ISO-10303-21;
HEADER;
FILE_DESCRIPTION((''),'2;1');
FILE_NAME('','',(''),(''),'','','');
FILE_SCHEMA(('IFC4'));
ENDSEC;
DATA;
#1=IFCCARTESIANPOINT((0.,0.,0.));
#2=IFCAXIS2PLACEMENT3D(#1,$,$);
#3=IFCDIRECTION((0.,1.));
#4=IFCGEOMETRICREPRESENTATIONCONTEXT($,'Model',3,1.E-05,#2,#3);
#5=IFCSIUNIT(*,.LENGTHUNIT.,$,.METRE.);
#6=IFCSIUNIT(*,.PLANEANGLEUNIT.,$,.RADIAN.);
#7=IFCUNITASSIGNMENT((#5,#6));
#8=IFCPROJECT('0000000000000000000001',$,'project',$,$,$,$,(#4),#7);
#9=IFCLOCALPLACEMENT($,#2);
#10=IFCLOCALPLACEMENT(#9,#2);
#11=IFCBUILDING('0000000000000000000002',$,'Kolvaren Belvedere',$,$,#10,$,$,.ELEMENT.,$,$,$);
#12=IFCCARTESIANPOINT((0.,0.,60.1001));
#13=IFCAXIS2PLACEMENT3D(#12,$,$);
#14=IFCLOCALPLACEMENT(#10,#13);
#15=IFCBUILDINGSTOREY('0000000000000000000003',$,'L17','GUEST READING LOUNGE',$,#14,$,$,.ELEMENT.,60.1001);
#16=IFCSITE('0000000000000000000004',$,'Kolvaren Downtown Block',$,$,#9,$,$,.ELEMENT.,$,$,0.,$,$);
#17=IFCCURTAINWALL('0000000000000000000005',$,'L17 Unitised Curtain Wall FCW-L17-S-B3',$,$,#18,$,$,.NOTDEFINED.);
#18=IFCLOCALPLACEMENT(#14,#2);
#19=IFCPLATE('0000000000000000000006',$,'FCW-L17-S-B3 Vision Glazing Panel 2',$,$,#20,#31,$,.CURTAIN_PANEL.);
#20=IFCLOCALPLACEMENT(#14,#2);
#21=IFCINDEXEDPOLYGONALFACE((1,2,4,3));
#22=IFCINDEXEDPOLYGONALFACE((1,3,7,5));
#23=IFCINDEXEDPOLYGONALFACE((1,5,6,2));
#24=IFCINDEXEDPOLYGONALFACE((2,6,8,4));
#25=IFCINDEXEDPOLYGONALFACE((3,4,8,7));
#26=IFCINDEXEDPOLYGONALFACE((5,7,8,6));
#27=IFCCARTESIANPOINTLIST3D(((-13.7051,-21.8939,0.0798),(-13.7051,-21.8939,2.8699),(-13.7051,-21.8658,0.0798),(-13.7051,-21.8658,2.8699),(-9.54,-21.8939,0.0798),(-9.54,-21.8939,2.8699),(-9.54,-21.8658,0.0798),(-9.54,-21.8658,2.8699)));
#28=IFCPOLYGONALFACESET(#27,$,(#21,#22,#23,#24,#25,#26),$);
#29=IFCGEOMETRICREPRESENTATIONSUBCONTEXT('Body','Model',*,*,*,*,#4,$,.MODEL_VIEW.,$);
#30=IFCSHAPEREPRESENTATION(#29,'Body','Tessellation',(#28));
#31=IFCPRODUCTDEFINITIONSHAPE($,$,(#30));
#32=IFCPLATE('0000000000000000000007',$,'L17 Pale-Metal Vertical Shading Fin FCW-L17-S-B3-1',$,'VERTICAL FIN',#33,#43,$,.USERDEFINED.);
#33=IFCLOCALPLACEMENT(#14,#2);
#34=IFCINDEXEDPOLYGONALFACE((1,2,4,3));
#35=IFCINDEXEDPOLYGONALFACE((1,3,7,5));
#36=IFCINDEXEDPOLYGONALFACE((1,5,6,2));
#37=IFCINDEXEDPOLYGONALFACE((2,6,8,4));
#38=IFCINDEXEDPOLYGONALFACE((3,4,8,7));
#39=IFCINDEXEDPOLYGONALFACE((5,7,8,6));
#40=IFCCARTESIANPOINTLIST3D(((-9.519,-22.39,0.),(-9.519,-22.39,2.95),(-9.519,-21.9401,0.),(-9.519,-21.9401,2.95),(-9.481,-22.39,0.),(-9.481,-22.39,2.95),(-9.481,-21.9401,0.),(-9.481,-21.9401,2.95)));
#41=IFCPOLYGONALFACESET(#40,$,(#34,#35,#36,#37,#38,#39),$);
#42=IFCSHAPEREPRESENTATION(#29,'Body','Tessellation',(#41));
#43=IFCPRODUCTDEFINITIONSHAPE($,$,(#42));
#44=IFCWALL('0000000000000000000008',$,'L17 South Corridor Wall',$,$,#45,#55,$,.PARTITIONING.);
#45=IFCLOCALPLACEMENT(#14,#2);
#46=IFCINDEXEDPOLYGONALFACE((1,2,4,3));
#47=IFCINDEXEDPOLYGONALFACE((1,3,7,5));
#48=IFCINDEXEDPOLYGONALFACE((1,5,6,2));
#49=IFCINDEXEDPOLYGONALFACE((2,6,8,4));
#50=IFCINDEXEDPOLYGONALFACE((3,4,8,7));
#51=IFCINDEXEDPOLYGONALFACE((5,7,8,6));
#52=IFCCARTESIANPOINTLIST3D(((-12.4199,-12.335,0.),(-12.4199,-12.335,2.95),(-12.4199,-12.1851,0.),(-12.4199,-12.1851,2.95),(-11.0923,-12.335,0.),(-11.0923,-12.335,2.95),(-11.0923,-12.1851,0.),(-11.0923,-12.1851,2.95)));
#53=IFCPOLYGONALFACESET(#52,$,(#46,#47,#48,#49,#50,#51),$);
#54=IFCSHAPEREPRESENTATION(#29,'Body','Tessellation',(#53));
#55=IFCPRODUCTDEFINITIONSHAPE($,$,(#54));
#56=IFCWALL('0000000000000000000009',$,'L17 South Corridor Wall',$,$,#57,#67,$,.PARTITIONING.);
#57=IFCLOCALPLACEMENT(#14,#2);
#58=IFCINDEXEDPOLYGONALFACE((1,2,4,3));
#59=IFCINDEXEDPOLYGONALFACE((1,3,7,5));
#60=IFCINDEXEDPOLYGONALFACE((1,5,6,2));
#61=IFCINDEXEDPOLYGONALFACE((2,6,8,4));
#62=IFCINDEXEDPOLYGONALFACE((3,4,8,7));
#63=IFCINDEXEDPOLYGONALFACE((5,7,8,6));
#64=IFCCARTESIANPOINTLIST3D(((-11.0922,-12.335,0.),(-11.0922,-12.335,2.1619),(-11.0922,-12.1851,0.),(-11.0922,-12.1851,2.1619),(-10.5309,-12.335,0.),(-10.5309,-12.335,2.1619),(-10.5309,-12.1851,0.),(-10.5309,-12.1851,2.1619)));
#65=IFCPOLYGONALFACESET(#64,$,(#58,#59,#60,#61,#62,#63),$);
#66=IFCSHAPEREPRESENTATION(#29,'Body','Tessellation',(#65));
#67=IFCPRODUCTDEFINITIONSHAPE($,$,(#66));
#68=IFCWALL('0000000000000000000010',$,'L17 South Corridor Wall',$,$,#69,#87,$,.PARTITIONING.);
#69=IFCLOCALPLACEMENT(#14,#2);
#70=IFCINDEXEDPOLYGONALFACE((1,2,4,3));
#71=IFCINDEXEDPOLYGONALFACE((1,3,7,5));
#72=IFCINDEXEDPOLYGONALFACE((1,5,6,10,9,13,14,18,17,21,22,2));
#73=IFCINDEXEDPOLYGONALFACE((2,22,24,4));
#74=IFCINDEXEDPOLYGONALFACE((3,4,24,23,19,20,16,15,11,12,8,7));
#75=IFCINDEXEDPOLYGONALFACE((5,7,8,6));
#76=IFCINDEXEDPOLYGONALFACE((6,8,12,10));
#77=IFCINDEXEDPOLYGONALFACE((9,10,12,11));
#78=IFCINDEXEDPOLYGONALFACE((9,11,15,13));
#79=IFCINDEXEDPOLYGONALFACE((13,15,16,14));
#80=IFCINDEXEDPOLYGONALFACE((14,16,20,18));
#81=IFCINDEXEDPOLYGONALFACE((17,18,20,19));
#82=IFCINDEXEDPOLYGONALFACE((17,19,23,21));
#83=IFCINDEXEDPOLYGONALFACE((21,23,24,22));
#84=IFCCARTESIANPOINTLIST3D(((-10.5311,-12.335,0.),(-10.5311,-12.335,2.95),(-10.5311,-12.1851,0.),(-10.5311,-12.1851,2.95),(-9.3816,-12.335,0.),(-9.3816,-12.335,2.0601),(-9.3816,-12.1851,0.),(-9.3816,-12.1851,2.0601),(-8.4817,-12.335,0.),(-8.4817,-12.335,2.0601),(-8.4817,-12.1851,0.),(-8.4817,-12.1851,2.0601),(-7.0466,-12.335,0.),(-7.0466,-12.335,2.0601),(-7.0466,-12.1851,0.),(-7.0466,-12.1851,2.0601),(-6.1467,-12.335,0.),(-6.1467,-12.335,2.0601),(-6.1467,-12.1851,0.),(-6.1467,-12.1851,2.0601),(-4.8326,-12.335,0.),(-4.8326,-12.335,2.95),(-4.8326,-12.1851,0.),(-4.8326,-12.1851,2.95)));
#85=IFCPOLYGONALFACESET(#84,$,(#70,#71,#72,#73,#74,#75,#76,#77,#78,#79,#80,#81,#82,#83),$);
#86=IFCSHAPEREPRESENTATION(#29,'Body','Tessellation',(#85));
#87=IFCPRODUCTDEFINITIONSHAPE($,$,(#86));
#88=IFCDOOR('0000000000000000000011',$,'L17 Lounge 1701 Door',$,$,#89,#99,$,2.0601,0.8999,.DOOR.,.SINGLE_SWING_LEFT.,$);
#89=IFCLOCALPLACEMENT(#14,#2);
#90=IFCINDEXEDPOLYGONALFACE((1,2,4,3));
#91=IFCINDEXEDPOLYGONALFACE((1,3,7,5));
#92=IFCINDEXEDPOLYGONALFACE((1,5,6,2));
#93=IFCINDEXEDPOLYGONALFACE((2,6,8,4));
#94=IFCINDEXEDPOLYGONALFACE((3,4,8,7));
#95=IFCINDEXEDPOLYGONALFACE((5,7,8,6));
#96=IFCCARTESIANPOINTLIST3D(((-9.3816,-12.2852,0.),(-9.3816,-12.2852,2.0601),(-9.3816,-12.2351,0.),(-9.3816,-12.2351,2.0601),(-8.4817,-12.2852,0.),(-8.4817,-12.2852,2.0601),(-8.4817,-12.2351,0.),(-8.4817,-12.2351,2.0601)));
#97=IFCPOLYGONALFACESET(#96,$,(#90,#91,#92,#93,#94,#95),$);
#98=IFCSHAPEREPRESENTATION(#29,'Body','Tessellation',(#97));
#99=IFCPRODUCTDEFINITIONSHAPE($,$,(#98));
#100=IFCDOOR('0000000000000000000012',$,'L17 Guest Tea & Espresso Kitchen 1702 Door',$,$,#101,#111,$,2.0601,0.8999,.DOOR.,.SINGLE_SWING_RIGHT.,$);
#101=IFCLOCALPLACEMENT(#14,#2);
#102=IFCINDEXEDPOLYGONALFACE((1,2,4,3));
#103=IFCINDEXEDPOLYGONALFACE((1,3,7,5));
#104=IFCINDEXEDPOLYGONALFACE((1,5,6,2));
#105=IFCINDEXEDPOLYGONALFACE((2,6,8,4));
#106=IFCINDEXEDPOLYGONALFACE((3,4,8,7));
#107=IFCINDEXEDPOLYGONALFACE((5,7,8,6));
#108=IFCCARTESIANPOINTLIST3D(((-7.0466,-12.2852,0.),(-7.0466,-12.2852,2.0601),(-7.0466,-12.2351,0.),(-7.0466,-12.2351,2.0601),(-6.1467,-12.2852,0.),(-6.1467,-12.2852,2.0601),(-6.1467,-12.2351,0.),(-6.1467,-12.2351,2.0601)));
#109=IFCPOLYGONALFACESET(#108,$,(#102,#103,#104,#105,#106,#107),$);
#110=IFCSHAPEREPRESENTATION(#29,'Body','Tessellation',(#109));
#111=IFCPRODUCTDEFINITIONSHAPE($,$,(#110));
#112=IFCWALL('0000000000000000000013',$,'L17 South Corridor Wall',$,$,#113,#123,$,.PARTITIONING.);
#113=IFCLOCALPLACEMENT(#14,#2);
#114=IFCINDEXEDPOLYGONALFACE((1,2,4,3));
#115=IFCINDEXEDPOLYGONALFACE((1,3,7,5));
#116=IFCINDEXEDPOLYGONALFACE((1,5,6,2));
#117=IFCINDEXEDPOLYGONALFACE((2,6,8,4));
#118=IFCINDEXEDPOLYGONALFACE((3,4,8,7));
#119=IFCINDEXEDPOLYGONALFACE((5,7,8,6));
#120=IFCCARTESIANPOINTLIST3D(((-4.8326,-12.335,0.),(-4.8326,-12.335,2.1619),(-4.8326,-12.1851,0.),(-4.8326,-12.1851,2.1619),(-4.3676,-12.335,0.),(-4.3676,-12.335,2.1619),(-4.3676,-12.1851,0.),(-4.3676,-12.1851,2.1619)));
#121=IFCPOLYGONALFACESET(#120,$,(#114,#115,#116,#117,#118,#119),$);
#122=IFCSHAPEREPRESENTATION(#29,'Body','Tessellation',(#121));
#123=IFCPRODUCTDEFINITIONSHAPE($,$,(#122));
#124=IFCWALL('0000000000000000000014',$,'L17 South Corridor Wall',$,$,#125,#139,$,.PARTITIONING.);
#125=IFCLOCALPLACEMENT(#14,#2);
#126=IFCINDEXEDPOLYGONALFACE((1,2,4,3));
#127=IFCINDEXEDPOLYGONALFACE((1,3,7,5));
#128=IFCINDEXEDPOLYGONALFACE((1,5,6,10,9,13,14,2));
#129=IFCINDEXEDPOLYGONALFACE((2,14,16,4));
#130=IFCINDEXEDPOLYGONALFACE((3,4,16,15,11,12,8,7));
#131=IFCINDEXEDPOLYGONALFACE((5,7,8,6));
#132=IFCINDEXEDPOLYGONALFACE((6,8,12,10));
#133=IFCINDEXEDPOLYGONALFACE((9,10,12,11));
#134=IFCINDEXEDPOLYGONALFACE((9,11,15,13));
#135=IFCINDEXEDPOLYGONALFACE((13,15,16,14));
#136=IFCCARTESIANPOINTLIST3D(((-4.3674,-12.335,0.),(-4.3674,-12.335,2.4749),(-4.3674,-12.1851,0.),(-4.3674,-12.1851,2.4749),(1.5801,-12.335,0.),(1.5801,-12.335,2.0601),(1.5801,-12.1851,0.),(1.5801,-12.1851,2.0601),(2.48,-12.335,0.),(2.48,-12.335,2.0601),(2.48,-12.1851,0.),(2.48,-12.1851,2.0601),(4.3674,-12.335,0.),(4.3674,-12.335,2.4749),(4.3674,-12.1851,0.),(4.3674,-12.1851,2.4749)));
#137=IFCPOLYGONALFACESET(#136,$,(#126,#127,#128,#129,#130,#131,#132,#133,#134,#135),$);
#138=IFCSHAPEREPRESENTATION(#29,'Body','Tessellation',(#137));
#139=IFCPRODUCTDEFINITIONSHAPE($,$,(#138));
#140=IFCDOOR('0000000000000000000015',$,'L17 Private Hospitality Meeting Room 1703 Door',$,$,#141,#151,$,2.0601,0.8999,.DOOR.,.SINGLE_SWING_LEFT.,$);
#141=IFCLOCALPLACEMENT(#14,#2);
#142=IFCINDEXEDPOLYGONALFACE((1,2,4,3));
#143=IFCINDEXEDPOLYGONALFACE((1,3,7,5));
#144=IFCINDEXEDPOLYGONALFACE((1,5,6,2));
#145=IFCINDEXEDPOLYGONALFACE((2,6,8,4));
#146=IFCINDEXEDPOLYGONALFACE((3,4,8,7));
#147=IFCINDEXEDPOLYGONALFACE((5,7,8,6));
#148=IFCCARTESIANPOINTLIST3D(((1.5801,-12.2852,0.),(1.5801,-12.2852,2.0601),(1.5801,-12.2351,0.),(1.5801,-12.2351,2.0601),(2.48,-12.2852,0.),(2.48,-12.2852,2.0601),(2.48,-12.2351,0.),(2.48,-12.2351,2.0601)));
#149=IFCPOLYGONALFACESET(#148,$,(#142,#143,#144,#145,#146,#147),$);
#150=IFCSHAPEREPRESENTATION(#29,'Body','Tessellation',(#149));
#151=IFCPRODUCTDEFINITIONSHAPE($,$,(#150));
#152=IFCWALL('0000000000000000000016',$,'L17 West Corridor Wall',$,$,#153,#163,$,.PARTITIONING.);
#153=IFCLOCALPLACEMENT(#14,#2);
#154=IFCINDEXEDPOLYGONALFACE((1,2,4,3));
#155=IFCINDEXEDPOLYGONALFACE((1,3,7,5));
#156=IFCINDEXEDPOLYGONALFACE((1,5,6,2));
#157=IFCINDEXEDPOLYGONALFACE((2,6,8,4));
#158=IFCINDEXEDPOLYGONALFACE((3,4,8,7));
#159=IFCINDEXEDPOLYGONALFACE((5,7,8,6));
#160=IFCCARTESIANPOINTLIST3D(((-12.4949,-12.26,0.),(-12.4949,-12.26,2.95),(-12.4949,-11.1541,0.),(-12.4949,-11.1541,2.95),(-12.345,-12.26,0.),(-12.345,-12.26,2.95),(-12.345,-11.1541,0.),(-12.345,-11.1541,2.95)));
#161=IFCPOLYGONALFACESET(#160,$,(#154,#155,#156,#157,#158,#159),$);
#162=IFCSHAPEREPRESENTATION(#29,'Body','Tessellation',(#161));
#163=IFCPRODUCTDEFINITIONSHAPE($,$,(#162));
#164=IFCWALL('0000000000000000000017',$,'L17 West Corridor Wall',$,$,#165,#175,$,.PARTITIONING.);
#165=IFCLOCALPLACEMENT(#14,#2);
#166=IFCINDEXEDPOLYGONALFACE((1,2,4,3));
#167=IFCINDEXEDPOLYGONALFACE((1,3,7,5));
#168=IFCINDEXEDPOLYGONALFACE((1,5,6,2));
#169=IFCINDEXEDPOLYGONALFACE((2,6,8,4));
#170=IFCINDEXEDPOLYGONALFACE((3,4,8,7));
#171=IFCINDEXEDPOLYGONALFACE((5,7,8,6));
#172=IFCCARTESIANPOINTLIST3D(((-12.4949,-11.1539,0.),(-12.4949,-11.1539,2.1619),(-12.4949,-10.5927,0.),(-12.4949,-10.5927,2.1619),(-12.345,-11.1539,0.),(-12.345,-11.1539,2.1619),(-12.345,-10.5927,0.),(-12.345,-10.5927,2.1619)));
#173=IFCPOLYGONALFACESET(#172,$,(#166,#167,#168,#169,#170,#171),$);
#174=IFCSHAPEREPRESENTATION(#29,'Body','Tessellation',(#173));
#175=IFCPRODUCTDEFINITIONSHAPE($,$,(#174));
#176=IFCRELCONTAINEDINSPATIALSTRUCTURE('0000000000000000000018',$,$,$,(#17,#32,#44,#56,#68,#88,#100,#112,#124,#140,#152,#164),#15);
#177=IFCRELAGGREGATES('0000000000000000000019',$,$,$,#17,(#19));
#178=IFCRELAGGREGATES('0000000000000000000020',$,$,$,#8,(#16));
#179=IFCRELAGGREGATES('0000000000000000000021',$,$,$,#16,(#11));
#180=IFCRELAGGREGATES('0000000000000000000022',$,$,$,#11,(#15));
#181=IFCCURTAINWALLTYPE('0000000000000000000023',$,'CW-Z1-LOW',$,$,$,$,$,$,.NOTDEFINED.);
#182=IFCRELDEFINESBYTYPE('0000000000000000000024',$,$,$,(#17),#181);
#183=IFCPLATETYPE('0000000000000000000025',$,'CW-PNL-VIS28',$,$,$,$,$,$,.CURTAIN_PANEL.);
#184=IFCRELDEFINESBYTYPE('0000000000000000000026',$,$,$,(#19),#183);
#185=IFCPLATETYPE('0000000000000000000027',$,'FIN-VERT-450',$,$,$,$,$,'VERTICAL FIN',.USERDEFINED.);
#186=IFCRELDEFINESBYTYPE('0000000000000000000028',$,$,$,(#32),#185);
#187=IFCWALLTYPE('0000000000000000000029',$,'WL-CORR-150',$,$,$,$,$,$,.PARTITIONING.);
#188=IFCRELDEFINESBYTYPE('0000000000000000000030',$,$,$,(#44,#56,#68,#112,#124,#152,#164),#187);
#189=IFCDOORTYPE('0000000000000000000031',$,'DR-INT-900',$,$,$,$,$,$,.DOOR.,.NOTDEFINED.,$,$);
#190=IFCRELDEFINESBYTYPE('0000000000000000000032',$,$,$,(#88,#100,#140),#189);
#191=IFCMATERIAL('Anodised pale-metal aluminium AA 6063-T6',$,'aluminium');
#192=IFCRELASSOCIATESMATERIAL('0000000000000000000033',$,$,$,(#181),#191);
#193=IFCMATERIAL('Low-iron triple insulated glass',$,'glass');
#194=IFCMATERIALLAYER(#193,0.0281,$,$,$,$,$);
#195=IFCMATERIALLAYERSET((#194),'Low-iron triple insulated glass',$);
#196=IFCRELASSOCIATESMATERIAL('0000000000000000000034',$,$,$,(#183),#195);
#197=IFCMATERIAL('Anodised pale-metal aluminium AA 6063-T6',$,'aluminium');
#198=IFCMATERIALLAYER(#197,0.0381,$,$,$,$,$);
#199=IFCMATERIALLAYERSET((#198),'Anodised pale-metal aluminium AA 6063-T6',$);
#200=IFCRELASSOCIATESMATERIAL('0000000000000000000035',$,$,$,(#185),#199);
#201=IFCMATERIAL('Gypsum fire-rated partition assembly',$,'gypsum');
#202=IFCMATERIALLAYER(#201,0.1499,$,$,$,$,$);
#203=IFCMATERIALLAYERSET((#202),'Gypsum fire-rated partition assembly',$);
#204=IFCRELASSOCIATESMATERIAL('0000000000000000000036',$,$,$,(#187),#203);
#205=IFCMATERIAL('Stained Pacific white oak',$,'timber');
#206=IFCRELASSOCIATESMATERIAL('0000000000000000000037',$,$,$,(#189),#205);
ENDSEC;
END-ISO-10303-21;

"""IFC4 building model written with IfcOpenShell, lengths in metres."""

from ifc_helpers import new_model, si_unit, direction, frame, frame_2d, origin, origin_2d, place, context, subcontext, project, spatial, rectangle, extrude, material, layer, layer_set, type_object, element, fill, aggregate, save


model = new_model("IFC4")

# Units and contexts
model_context = context("Model", 3, precision=1e-05, world=origin(), true_north=direction((0.0, 1.0)))
body_context = subcontext(model_context, "Body", "Model", "MODEL_VIEW")
ifc_project = project(units=[si_unit("LENGTHUNIT", "METRE"), si_unit("PLANEANGLEUNIT", "RADIAN")], contexts=[model_context])

# Site, building, storey
site_placement = place(None, origin())
site = spatial("IfcSite", under=ifc_project, at=site_placement, Name="Kolvaren Downtown Block", CompositionType="ELEMENT", RefElevation=0.0)
building_placement = place(site_placement, origin())
building = spatial("IfcBuilding", under=site, at=building_placement, Name="Kolvaren Belvedere", CompositionType="ELEMENT")
storey_placement = place(building_placement, frame((0.0, 0.0, 60.1001)))
storey = spatial("IfcBuildingStorey", under=building, at=storey_placement, Name="L17", Description="GUEST READING LOUNGE", CompositionType="ELEMENT", Elevation=60.1001)

# Shared definitions
ifc_material_1 = material(Name="Anodised pale-metal aluminium AA 6063-T6", Category="aluminium")
curtain_wall_type = type_object("IfcCurtainWallType", Name="CW-Z1-LOW", PredefinedType="NOTDEFINED", material=ifc_material_1)

# Curtain wall
curtain_wall_1_placement = place(storey_placement, origin())
curtain_wall_1 = element("IfcCurtainWall", 1, at=curtain_wall_1_placement, inside=storey, type_object=curtain_wall_type, Name="L17 Unitised Curtain Wall FCW-L17-S-B3", PredefinedType="NOTDEFINED")

# Plates
ifc_material_2 = material(Name="Low-iron triple insulated glass", Category="glass")
ifc_layer_1 = layer(ifc_material_2, 0.0281)
ifc_layer_set_1 = layer_set([ifc_layer_1], Name="Low-iron triple insulated glass")
plate_type_1 = type_object("IfcPlateType", Name="CW-PNL-VIS28", PredefinedType="CURTAIN_PANEL", material=ifc_layer_set_1)
plate_1_placement = place(storey_placement, frame((-11.6226, -21.8799, 0.0798), z_axis=(0.0, 0.0, 1.0), x_axis=(-1.0, 0.0, 0.0)))
plate_1 = element("IfcPlate", 2, at=plate_1_placement, type_object=plate_type_1, Name="FCW-L17-S-B3 Vision Glazing Panel 2", PredefinedType="CURTAIN_PANEL", context=body_context, shape_type="SweptSolid", body=[
    extrude(rectangle(XDim=4.165, YDim=0.0281, at=origin_2d()), origin(), (0.0, 0.0, 1.0), 2.79),
])
aggregate(curtain_wall_1, [plate_1])
ifc_material_3 = material(Name="Anodised pale-metal aluminium AA 6063-T6", Category="aluminium")
ifc_layer_2 = layer(ifc_material_3, 0.0381)
ifc_layer_set_2 = layer_set([ifc_layer_2], Name="Anodised pale-metal aluminium AA 6063-T6")
plate_type_2 = type_object("IfcPlateType", Name="FIN-VERT-450", ElementType="VERTICAL FIN", PredefinedType="USERDEFINED", material=ifc_layer_set_2)
plate_2_placement = place(storey_placement, frame((-9.5, -22.165, 0.0), z_axis=(0.0, 0.0, 1.0), x_axis=(0.0, 1.0, 0.0)))
element("IfcPlate", 3, at=plate_2_placement, inside=storey, type_object=plate_type_2, Name="L17 Pale-Metal Vertical Shading Fin FCW-L17-S-B3-1", ObjectType="VERTICAL FIN", PredefinedType="USERDEFINED", context=body_context, shape_type="SweptSolid", body=[
    extrude(rectangle(XDim=0.45, YDim=0.0381, at=origin_2d()), origin(), (0.0, 0.0, 1.0), 2.95),
])

# Walls
ifc_material_4 = material(Name="Gypsum fire-rated partition assembly", Category="gypsum")
ifc_layer_3 = layer(ifc_material_4, 0.1499)
ifc_layer_set_3 = layer_set([ifc_layer_3], Name="Gypsum fire-rated partition assembly")
wall_type_1 = type_object("IfcWallType", Name="WL-CORR-150", PredefinedType="PARTITIONING", material=ifc_layer_set_3)
wall_1_placement = place(storey_placement, frame((-12.4199, -12.26, 0.0), z_axis=(0.0, 0.0, 1.0), x_axis=(1.0, 0.0, 0.0)))
element("IfcWall", 4, at=wall_1_placement, inside=storey, type_object=wall_type_1, Name="L17 South Corridor Wall", PredefinedType="PARTITIONING", context=body_context, shape_type="SweptSolid", body=[
    extrude(rectangle(XDim=1.3276, YDim=0.1499, at=frame_2d((0.6638, 0.0))), origin(), (0.0, 0.0, 1.0), 2.95),
])
wall_2_placement = place(storey_placement, frame((-11.0923, -12.26, 0.0), z_axis=(0.0, 0.0, 1.0), x_axis=(1.0, 0.0, 0.0)))
element("IfcWall", 5, at=wall_2_placement, inside=storey, type_object=wall_type_1, Name="L17 South Corridor Wall", PredefinedType="PARTITIONING", context=body_context, shape_type="SweptSolid", body=[
    extrude(rectangle(XDim=0.5613, YDim=0.1499, at=frame_2d((0.2808, 0.0))), origin(), (0.0, 0.0, 1.0), 2.1619),
])

# Wall, openings, doors
wall_3_placement = place(storey_placement, frame((-10.531, -12.26, 0.0), z_axis=(0.0, 0.0, 1.0), x_axis=(1.0, 0.0, 0.0)))
wall_3 = element("IfcWall", 6, at=wall_3_placement, inside=storey, type_object=wall_type_1, Name="L17 South Corridor Wall", PredefinedType="PARTITIONING", context=body_context, shape_type="SweptSolid", body=[
    extrude(rectangle(XDim=5.6985, YDim=0.1499, at=frame_2d((2.8491, 0.0))), origin(), (0.0, 0.0, 1.0), 2.95),
])
opening_1_placement = place(wall_3_placement, frame((1.1494, 0.0, 0.0)))
opening_1 = element("IfcOpeningElement", 7, at=opening_1_placement, cuts=wall_3, PredefinedType="OPENING", context=body_context, shape_type="SweptSolid", body=[
    extrude(rectangle(XDim=0.8999, YDim=2.0601, at=frame_2d((0.45, 1.03))), frame((0.0, 0.085, 0.0), z_axis=(0.0, -1.0, 0.0), x_axis=(1.0, 0.0, 0.0)), (0.0, 0.0, 1.0), 0.1699),
])
opening_2_placement = place(wall_3_placement, frame((3.4844, 0.0, 0.0)))
opening_2 = element("IfcOpeningElement", 8, at=opening_2_placement, cuts=wall_3, PredefinedType="OPENING", context=body_context, shape_type="SweptSolid", body=[
    extrude(rectangle(XDim=0.8999, YDim=2.0601, at=frame_2d((0.45, 1.03))), frame((0.0, 0.085, 0.0), z_axis=(0.0, -1.0, 0.0), x_axis=(1.0, 0.0, 0.0)), (0.0, 0.0, 1.0), 0.1699),
])
ifc_material_5 = material(Name="Stained Pacific white oak", Category="timber")
door_type = type_object("IfcDoorType", Name="DR-INT-900", OperationType="NOTDEFINED", PredefinedType="DOOR", material=ifc_material_5)
door_1_placement = place(opening_1_placement, origin())
door_1 = element("IfcDoor", 9, at=door_1_placement, inside=storey, type_object=door_type, Name="L17 Lounge 1701 Door", OperationType="SINGLE_SWING_LEFT", OverallHeight=2.0601, OverallWidth=0.8999, PredefinedType="DOOR", context=body_context, shape_type="SweptSolid", body=[
    extrude(rectangle(XDim=0.8999, YDim=2.0601, at=frame_2d((0.45, 1.03))), frame((0.0, 0.0249, 0.0), z_axis=(0.0, -1.0, 0.0), x_axis=(1.0, 0.0, 0.0)), (0.0, 0.0, 1.0), 0.05),
])
fill(opening_1, door_1)
door_2_placement = place(opening_2_placement, origin())
door_2 = element("IfcDoor", 10, at=door_2_placement, inside=storey, type_object=door_type, Name="L17 Guest Tea & Espresso Kitchen 1702 Door", OperationType="SINGLE_SWING_RIGHT", OverallHeight=2.0601, OverallWidth=0.8999, PredefinedType="DOOR", context=body_context, shape_type="SweptSolid", body=[
    extrude(rectangle(XDim=0.8999, YDim=2.0601, at=frame_2d((0.45, 1.03))), frame((0.0, 0.0249, 0.0), z_axis=(0.0, -1.0, 0.0), x_axis=(1.0, 0.0, 0.0)), (0.0, 0.0, 1.0), 0.05),
])
fill(opening_2, door_2)

# Wall
wall_4_placement = place(storey_placement, frame((-4.8325, -12.26, 0.0), z_axis=(0.0, 0.0, 1.0), x_axis=(1.0, 0.0, 0.0)))
element("IfcWall", 11, at=wall_4_placement, inside=storey, type_object=wall_type_1, Name="L17 South Corridor Wall", PredefinedType="PARTITIONING", context=body_context, shape_type="SweptSolid", body=[
    extrude(rectangle(XDim=0.4651, YDim=0.1499, at=frame_2d((0.2324, 0.0))), origin(), (0.0, 0.0, 1.0), 2.1619),
])

# Wall, opening, door
wall_5_placement = place(storey_placement, frame((-4.3674, -12.26, 0.0), z_axis=(0.0, 0.0, 1.0), x_axis=(1.0, 0.0, 0.0)))
wall_5 = element("IfcWall", 12, at=wall_5_placement, inside=storey, type_object=wall_type_1, Name="L17 South Corridor Wall", PredefinedType="PARTITIONING", context=body_context, shape_type="SweptSolid", body=[
    extrude(rectangle(XDim=8.7349, YDim=0.1499, at=frame_2d((4.3674, 0.0))), origin(), (0.0, 0.0, 1.0), 2.4749),
])
opening_3_placement = place(wall_5_placement, frame((5.9475, 0.0, 0.0)))
opening_3 = element("IfcOpeningElement", 13, at=opening_3_placement, cuts=wall_5, PredefinedType="OPENING", context=body_context, shape_type="SweptSolid", body=[
    extrude(rectangle(XDim=0.8999, YDim=2.0601, at=frame_2d((0.45, 1.03))), frame((0.0, 0.085, 0.0), z_axis=(0.0, -1.0, 0.0), x_axis=(1.0, 0.0, 0.0)), (0.0, 0.0, 1.0), 0.1699),
])
door_3_placement = place(opening_3_placement, origin())
door_3 = element("IfcDoor", 14, at=door_3_placement, inside=storey, type_object=door_type, Name="L17 Private Hospitality Meeting Room 1703 Door", OperationType="SINGLE_SWING_LEFT", OverallHeight=2.0601, OverallWidth=0.8999, PredefinedType="DOOR", context=body_context, shape_type="SweptSolid", body=[
    extrude(rectangle(XDim=0.8999, YDim=2.0601, at=frame_2d((0.45, 1.03))), frame((0.0, 0.0249, 0.0), z_axis=(0.0, -1.0, 0.0), x_axis=(1.0, 0.0, 0.0)), (0.0, 0.0, 1.0), 0.05),
])
fill(opening_3, door_3)

# Walls
wall_6_placement = place(storey_placement, frame((-12.4199, -12.26, 0.0), z_axis=(0.0, 0.0, 1.0), x_axis=(0.0, 1.0, 0.0)))
element("IfcWall", 15, at=wall_6_placement, inside=storey, type_object=wall_type_1, Name="L17 West Corridor Wall", PredefinedType="PARTITIONING", context=body_context, shape_type="SweptSolid", body=[
    extrude(rectangle(XDim=1.106, YDim=0.1499, at=frame_2d((0.553, 0.0))), origin(), (0.0, 0.0, 1.0), 2.95),
])
wall_7_placement = place(storey_placement, frame((-12.4199, -11.1541, 0.0), z_axis=(0.0, 0.0, 1.0), x_axis=(0.0, 1.0, 0.0)))
element("IfcWall", 16, at=wall_7_placement, inside=storey, type_object=wall_type_1, Name="L17 West Corridor Wall", PredefinedType="PARTITIONING", context=body_context, shape_type="SweptSolid", body=[
    extrude(rectangle(XDim=0.5613, YDim=0.1499, at=frame_2d((0.2808, 0.0))), origin(), (0.0, 0.0, 1.0), 2.1619),
])

save(model, "model.ifc")
